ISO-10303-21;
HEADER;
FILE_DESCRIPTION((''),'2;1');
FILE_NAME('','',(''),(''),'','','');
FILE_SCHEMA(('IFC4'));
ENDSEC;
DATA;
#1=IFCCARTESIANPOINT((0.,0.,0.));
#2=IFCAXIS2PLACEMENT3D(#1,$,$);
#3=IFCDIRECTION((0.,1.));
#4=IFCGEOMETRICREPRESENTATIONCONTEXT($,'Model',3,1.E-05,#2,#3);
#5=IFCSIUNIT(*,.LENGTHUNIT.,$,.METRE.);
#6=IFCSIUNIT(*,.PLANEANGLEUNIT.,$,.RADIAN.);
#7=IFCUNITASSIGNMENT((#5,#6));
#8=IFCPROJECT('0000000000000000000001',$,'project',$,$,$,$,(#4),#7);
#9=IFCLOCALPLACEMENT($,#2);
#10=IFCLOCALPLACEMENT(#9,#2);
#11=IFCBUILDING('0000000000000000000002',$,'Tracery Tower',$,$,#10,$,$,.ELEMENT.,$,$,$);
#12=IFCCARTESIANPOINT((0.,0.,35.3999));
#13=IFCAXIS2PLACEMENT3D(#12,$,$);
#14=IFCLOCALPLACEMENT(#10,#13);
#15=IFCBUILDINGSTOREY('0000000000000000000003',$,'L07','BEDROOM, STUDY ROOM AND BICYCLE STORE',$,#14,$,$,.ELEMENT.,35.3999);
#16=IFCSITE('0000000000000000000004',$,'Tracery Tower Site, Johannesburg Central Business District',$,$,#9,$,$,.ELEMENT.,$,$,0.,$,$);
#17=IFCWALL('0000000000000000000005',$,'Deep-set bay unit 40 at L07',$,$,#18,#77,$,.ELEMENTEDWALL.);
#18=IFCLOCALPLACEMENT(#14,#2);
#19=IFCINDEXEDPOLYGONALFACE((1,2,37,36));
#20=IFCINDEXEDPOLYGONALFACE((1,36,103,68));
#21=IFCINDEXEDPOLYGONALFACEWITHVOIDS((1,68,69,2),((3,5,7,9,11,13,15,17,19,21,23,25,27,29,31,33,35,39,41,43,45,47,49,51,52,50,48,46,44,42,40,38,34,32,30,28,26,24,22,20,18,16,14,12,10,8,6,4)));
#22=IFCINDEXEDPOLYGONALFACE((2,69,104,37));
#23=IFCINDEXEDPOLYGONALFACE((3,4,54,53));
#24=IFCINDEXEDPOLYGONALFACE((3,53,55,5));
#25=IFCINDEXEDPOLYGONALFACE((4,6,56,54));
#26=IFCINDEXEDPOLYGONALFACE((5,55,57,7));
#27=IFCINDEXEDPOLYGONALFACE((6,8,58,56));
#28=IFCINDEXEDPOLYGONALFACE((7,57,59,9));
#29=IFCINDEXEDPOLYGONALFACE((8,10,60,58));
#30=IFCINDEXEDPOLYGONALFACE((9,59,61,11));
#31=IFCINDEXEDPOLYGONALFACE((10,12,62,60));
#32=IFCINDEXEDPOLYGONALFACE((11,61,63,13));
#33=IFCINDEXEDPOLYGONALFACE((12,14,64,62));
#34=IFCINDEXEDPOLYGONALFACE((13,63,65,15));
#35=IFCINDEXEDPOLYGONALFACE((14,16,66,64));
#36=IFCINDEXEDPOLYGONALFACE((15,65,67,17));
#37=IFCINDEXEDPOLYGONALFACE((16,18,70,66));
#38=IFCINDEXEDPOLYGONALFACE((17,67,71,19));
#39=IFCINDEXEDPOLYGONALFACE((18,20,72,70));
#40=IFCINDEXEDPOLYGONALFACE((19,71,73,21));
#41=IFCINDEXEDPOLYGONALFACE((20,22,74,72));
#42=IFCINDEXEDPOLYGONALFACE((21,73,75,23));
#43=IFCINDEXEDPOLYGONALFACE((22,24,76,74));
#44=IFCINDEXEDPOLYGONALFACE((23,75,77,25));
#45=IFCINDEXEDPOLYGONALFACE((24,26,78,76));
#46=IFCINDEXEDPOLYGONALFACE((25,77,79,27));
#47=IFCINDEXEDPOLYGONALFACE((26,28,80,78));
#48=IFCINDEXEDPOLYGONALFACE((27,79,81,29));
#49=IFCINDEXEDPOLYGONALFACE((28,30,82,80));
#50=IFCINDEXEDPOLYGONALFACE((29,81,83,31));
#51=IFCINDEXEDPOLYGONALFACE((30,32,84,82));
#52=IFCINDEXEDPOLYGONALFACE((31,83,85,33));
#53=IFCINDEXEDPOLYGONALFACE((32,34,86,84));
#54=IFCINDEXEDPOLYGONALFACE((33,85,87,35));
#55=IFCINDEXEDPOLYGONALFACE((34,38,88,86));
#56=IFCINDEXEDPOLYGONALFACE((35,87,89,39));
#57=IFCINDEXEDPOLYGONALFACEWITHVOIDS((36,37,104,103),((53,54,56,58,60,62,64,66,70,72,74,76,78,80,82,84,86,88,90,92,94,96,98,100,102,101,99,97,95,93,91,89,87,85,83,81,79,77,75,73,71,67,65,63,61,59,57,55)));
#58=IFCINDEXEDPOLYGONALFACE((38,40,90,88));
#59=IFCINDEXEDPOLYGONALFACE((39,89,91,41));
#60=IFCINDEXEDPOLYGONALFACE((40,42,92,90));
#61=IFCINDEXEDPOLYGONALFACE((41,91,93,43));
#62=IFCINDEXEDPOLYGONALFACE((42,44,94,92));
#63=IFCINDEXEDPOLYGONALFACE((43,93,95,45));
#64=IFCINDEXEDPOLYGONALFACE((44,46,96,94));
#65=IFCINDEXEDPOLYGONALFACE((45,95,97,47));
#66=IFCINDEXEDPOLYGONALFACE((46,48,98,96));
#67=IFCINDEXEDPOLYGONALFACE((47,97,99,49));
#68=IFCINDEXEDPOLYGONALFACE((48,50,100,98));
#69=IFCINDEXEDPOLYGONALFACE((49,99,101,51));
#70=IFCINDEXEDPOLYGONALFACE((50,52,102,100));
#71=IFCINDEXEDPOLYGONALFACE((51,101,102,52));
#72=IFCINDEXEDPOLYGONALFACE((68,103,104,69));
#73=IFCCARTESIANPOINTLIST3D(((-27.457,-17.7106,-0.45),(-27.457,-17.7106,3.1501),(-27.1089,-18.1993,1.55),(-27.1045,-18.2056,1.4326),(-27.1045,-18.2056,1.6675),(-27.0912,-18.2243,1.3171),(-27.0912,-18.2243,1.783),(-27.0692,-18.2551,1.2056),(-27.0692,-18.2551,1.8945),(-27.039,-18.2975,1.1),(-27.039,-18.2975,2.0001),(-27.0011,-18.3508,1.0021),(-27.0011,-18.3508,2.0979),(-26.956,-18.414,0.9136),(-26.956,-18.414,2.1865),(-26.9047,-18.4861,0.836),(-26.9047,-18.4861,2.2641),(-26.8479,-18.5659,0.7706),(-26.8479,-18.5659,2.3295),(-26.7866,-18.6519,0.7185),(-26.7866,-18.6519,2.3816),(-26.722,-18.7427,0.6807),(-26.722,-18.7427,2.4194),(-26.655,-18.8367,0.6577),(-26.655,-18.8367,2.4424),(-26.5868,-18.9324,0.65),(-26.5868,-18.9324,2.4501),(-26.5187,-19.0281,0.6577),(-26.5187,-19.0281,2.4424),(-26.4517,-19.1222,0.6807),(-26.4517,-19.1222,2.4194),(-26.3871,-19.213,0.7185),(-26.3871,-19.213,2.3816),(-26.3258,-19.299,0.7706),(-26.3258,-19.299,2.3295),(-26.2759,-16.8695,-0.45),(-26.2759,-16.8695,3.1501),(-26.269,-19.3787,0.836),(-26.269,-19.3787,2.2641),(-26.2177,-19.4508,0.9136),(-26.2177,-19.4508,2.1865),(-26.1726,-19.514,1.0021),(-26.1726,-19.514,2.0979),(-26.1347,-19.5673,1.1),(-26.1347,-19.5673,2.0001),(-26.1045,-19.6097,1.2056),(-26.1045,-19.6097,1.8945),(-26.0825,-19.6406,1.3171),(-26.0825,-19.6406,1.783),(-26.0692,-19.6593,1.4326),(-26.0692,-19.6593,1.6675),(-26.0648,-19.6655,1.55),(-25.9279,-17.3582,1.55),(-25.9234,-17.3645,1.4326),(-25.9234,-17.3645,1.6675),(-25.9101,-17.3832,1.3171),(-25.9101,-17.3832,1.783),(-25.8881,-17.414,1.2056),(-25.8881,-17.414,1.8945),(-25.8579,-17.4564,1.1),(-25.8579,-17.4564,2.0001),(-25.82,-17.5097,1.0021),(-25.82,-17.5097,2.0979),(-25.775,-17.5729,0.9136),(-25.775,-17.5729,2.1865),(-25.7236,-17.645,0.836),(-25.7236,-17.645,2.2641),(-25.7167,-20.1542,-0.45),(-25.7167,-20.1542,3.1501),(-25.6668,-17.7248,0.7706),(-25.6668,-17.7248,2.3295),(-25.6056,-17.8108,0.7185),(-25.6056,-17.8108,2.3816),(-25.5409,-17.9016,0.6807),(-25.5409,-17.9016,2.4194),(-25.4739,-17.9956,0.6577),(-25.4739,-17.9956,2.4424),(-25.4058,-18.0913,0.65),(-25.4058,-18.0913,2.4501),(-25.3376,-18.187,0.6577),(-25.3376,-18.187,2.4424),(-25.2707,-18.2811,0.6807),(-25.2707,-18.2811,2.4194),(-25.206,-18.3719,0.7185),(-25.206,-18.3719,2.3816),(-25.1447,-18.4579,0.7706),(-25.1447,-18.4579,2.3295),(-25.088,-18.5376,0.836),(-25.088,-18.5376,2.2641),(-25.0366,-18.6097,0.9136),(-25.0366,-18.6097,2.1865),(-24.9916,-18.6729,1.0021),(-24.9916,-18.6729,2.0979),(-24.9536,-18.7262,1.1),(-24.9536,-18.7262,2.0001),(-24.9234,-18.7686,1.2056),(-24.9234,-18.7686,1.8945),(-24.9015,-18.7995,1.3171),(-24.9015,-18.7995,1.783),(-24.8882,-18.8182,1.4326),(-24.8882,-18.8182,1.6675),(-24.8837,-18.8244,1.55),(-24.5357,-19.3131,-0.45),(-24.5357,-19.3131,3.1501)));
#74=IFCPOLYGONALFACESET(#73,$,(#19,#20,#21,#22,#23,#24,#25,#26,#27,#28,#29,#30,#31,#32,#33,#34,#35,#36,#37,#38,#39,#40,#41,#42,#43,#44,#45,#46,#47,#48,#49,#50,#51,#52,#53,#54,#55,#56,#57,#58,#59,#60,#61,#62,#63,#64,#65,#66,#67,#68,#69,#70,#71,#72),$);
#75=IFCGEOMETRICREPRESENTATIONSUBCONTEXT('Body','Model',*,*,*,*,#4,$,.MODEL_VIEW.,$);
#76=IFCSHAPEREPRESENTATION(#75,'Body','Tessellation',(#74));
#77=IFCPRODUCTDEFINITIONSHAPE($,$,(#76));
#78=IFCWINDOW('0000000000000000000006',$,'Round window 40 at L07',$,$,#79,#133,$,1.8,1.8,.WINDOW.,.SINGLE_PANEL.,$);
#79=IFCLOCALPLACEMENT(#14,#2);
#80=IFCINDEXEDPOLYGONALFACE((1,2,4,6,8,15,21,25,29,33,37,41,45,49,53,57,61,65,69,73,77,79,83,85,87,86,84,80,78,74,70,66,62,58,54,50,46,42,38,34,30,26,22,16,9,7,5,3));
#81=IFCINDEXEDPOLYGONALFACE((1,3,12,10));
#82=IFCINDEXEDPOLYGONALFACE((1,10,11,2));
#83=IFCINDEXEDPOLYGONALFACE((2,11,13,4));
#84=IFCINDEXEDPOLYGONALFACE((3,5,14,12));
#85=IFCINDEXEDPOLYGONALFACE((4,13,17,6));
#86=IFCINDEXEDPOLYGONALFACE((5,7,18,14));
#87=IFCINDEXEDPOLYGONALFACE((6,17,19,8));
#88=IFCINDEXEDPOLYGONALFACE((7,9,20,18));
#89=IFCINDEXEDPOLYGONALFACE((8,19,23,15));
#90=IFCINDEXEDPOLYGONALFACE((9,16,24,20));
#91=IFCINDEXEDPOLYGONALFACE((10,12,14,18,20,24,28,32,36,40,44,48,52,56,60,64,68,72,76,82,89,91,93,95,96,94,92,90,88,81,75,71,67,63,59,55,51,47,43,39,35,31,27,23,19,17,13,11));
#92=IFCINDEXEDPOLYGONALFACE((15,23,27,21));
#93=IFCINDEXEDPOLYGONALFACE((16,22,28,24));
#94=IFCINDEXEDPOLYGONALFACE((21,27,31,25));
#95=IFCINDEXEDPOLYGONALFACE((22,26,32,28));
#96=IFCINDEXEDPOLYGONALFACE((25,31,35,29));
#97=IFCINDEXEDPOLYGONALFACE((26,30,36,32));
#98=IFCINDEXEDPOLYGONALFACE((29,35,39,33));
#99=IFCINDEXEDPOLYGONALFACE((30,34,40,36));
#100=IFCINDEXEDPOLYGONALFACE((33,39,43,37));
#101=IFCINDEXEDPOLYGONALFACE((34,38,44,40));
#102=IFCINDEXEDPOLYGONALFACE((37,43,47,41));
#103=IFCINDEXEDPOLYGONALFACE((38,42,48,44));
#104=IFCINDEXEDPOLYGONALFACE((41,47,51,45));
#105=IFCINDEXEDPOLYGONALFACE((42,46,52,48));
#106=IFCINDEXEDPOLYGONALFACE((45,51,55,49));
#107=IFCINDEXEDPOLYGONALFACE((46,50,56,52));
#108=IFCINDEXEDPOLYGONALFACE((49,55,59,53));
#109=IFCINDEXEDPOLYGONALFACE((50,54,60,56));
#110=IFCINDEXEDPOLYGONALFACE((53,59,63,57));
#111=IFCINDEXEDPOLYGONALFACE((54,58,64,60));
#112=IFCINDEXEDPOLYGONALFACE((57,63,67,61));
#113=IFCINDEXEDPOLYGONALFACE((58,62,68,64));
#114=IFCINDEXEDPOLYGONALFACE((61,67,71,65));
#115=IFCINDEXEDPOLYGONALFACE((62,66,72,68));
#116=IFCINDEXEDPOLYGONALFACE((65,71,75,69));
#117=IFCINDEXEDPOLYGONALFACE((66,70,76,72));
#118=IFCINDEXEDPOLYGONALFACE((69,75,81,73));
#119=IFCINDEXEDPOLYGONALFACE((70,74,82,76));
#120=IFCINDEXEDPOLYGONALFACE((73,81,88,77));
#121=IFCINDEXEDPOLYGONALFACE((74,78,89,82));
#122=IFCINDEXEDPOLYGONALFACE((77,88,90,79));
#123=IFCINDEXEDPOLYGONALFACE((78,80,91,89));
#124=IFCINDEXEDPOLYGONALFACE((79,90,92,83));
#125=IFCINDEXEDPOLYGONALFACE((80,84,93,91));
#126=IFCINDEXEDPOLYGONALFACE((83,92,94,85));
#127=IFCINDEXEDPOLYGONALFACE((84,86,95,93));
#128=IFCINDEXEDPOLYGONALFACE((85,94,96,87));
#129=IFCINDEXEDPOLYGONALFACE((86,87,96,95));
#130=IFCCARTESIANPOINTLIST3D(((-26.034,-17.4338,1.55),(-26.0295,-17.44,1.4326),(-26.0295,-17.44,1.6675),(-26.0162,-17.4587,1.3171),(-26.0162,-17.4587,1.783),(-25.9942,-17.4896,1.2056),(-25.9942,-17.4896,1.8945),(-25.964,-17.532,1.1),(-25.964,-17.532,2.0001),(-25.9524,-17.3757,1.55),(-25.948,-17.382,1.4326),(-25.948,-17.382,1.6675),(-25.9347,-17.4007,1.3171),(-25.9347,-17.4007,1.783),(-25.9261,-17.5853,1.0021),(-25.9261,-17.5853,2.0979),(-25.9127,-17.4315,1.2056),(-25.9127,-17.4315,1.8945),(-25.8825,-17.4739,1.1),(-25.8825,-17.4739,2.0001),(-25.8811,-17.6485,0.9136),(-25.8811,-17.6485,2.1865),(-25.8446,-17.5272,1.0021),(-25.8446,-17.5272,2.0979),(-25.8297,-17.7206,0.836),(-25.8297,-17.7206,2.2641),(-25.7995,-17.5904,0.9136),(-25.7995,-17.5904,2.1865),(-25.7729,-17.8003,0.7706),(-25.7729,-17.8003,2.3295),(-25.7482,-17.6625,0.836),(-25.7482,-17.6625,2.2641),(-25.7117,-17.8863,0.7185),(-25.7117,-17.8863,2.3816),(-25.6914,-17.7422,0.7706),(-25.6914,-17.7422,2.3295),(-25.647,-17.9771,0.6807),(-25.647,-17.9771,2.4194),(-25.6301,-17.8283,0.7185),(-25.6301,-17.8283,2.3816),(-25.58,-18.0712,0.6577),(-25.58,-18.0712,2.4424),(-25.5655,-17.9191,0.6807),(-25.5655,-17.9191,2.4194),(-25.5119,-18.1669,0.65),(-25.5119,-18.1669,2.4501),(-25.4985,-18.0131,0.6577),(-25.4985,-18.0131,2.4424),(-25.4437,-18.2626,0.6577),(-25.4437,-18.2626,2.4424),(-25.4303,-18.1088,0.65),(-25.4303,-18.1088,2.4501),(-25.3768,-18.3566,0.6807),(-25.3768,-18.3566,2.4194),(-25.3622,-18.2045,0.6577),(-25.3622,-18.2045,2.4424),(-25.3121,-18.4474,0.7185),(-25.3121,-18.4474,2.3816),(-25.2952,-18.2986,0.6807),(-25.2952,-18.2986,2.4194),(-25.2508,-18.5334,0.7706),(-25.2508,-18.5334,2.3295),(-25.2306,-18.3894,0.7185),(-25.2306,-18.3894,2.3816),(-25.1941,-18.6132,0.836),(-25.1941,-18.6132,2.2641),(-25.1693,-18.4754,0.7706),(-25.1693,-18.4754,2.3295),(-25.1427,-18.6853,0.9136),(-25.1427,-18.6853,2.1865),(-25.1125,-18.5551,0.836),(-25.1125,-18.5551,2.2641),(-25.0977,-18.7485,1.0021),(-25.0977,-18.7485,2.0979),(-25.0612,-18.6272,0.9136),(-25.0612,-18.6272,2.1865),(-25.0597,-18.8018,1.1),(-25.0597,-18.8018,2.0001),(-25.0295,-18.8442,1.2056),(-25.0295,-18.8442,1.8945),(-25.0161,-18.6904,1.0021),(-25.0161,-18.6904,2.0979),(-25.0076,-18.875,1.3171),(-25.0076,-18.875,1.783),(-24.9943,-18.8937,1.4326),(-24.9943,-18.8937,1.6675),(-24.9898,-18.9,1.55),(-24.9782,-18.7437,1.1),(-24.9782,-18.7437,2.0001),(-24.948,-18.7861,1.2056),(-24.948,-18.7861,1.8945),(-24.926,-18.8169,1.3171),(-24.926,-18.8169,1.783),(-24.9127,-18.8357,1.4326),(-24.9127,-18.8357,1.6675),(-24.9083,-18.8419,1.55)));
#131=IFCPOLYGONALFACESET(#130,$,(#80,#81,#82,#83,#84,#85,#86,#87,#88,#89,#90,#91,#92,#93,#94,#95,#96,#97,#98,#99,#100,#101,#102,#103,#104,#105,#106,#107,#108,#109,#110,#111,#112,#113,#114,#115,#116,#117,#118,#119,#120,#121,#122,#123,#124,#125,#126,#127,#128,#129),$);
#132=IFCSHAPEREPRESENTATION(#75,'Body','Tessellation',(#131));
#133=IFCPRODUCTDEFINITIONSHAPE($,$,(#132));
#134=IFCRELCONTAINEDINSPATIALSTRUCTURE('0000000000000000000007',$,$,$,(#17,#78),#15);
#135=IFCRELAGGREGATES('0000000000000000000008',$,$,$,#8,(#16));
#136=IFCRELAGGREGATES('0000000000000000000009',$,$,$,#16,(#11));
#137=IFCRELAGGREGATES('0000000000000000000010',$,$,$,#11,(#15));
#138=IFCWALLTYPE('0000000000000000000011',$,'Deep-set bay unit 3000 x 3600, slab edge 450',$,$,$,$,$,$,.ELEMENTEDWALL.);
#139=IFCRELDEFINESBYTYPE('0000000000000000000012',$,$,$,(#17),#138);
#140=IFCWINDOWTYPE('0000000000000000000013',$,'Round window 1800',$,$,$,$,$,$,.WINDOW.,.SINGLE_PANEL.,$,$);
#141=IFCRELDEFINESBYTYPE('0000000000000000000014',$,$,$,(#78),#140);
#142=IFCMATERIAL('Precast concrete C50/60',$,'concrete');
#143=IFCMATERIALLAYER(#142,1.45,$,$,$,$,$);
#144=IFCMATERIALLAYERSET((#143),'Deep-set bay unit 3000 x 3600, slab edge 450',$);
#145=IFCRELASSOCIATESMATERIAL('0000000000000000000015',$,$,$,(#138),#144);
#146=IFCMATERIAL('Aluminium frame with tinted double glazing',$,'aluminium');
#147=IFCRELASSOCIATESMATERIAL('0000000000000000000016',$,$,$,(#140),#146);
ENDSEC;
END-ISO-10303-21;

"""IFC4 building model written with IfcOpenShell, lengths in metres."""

from ifc_helpers import new_model, si_unit, direction, frame, frame_2d, origin, origin_2d, place, context, subcontext, project, spatial, rectangle, circle, extrude, material, layer, layer_set, type_object, element, fill, save


model = new_model("IFC4")

# Units and contexts
model_context = context("Model", 3, precision=1e-05, world=origin(), true_north=direction((0.0, 1.0)))
body_context = subcontext(model_context, "Body", "Model", "MODEL_VIEW")
ifc_project = project(units=[si_unit("LENGTHUNIT", "METRE"), si_unit("PLANEANGLEUNIT", "RADIAN")], contexts=[model_context])

# Site, building, storey
site_placement = place(None, origin())
site = spatial("IfcSite", under=ifc_project, at=site_placement, Name="Tracery Tower Site, Johannesburg Central Business District", CompositionType="ELEMENT", RefElevation=0.0)
building_placement = place(site_placement, origin())
building = spatial("IfcBuilding", under=site, at=building_placement, Name="Tracery Tower", CompositionType="ELEMENT")
storey_placement = place(building_placement, frame((0.0, 0.0, 35.3999)))
storey = spatial("IfcBuildingStorey", under=building, at=storey_placement, Name="L07", Description="BEDROOM, STUDY ROOM AND BICYCLE STORE", CompositionType="ELEMENT", Elevation=35.3999)

# Wall, opening, window
ifc_material_1 = material(Name="Precast concrete C50/60", Category="concrete")
ifc_layer_1 = layer(ifc_material_1, 1.45)
ifc_layer_set_1 = layer_set([ifc_layer_1], Name="Deep-set bay unit 3000 x 3600, slab edge 450")
wall_type_1 = type_object("IfcWallType", Name="Deep-set bay unit 3000 x 3600, slab edge 450", PredefinedType="ELEMENTEDWALL", material=ifc_layer_set_1)
wall_1_placement = place(storey_placement, frame((-26.8665, -17.29, -0.45), z_axis=(0.0, 0.0, 1.0), x_axis=(0.580091, -0.814552, 0.0)))
wall_1 = element("IfcWall", 1, at=wall_1_placement, inside=storey, type_object=wall_type_1, Name="Deep-set bay unit 40 at L07", PredefinedType="ELEMENTEDWALL", context=body_context, shape_type="SweptSolid", body=[
    extrude(rectangle(XDim=3.0, YDim=1.45, at=frame_2d((1.5, 0.0))), origin(), (0.0, 0.0, 1.0), 3.6001),
])
opening_1_placement = place(wall_1_placement, frame((1.5, 0.0, 2.0)))
opening_1 = element("IfcOpeningElement", 2, at=opening_1_placement, cuts=wall_1, PredefinedType="OPENING", context=body_context, shape_type="SweptSolid", body=[
    extrude(circle(Radius=0.9, at=origin_2d()), frame((0.0, 0.7349, 0.0), z_axis=(0.0, -1.0, 0.0), x_axis=(1.0, 0.0, 0.0)), (0.0, 0.0, 1.0), 1.47),
])
ifc_material_2 = material(Name="Aluminium frame with tinted double glazing", Category="aluminium")
window_type = type_object("IfcWindowType", Name="Round window 1800", PartitioningType="SINGLE_PANEL", PredefinedType="WINDOW", material=ifc_material_2)
window_1_placement = place(opening_1_placement, origin())
window_1 = element("IfcWindow", 3, at=window_1_placement, inside=storey, type_object=window_type, Name="Round window 40 at L07", OverallHeight=1.8, OverallWidth=1.8, PartitioningType="SINGLE_PANEL", PredefinedType="WINDOW", context=body_context, shape_type="SweptSolid", body=[
    extrude(circle(Radius=0.9, at=origin_2d()), frame((0.0, 0.6948, 0.0), z_axis=(0.0, -1.0, 0.0), x_axis=(1.0, 0.0, 0.0)), (0.0, 0.0, 1.0), 0.1001),
])
fill(opening_1, window_1)

save(model, "model.ifc")
